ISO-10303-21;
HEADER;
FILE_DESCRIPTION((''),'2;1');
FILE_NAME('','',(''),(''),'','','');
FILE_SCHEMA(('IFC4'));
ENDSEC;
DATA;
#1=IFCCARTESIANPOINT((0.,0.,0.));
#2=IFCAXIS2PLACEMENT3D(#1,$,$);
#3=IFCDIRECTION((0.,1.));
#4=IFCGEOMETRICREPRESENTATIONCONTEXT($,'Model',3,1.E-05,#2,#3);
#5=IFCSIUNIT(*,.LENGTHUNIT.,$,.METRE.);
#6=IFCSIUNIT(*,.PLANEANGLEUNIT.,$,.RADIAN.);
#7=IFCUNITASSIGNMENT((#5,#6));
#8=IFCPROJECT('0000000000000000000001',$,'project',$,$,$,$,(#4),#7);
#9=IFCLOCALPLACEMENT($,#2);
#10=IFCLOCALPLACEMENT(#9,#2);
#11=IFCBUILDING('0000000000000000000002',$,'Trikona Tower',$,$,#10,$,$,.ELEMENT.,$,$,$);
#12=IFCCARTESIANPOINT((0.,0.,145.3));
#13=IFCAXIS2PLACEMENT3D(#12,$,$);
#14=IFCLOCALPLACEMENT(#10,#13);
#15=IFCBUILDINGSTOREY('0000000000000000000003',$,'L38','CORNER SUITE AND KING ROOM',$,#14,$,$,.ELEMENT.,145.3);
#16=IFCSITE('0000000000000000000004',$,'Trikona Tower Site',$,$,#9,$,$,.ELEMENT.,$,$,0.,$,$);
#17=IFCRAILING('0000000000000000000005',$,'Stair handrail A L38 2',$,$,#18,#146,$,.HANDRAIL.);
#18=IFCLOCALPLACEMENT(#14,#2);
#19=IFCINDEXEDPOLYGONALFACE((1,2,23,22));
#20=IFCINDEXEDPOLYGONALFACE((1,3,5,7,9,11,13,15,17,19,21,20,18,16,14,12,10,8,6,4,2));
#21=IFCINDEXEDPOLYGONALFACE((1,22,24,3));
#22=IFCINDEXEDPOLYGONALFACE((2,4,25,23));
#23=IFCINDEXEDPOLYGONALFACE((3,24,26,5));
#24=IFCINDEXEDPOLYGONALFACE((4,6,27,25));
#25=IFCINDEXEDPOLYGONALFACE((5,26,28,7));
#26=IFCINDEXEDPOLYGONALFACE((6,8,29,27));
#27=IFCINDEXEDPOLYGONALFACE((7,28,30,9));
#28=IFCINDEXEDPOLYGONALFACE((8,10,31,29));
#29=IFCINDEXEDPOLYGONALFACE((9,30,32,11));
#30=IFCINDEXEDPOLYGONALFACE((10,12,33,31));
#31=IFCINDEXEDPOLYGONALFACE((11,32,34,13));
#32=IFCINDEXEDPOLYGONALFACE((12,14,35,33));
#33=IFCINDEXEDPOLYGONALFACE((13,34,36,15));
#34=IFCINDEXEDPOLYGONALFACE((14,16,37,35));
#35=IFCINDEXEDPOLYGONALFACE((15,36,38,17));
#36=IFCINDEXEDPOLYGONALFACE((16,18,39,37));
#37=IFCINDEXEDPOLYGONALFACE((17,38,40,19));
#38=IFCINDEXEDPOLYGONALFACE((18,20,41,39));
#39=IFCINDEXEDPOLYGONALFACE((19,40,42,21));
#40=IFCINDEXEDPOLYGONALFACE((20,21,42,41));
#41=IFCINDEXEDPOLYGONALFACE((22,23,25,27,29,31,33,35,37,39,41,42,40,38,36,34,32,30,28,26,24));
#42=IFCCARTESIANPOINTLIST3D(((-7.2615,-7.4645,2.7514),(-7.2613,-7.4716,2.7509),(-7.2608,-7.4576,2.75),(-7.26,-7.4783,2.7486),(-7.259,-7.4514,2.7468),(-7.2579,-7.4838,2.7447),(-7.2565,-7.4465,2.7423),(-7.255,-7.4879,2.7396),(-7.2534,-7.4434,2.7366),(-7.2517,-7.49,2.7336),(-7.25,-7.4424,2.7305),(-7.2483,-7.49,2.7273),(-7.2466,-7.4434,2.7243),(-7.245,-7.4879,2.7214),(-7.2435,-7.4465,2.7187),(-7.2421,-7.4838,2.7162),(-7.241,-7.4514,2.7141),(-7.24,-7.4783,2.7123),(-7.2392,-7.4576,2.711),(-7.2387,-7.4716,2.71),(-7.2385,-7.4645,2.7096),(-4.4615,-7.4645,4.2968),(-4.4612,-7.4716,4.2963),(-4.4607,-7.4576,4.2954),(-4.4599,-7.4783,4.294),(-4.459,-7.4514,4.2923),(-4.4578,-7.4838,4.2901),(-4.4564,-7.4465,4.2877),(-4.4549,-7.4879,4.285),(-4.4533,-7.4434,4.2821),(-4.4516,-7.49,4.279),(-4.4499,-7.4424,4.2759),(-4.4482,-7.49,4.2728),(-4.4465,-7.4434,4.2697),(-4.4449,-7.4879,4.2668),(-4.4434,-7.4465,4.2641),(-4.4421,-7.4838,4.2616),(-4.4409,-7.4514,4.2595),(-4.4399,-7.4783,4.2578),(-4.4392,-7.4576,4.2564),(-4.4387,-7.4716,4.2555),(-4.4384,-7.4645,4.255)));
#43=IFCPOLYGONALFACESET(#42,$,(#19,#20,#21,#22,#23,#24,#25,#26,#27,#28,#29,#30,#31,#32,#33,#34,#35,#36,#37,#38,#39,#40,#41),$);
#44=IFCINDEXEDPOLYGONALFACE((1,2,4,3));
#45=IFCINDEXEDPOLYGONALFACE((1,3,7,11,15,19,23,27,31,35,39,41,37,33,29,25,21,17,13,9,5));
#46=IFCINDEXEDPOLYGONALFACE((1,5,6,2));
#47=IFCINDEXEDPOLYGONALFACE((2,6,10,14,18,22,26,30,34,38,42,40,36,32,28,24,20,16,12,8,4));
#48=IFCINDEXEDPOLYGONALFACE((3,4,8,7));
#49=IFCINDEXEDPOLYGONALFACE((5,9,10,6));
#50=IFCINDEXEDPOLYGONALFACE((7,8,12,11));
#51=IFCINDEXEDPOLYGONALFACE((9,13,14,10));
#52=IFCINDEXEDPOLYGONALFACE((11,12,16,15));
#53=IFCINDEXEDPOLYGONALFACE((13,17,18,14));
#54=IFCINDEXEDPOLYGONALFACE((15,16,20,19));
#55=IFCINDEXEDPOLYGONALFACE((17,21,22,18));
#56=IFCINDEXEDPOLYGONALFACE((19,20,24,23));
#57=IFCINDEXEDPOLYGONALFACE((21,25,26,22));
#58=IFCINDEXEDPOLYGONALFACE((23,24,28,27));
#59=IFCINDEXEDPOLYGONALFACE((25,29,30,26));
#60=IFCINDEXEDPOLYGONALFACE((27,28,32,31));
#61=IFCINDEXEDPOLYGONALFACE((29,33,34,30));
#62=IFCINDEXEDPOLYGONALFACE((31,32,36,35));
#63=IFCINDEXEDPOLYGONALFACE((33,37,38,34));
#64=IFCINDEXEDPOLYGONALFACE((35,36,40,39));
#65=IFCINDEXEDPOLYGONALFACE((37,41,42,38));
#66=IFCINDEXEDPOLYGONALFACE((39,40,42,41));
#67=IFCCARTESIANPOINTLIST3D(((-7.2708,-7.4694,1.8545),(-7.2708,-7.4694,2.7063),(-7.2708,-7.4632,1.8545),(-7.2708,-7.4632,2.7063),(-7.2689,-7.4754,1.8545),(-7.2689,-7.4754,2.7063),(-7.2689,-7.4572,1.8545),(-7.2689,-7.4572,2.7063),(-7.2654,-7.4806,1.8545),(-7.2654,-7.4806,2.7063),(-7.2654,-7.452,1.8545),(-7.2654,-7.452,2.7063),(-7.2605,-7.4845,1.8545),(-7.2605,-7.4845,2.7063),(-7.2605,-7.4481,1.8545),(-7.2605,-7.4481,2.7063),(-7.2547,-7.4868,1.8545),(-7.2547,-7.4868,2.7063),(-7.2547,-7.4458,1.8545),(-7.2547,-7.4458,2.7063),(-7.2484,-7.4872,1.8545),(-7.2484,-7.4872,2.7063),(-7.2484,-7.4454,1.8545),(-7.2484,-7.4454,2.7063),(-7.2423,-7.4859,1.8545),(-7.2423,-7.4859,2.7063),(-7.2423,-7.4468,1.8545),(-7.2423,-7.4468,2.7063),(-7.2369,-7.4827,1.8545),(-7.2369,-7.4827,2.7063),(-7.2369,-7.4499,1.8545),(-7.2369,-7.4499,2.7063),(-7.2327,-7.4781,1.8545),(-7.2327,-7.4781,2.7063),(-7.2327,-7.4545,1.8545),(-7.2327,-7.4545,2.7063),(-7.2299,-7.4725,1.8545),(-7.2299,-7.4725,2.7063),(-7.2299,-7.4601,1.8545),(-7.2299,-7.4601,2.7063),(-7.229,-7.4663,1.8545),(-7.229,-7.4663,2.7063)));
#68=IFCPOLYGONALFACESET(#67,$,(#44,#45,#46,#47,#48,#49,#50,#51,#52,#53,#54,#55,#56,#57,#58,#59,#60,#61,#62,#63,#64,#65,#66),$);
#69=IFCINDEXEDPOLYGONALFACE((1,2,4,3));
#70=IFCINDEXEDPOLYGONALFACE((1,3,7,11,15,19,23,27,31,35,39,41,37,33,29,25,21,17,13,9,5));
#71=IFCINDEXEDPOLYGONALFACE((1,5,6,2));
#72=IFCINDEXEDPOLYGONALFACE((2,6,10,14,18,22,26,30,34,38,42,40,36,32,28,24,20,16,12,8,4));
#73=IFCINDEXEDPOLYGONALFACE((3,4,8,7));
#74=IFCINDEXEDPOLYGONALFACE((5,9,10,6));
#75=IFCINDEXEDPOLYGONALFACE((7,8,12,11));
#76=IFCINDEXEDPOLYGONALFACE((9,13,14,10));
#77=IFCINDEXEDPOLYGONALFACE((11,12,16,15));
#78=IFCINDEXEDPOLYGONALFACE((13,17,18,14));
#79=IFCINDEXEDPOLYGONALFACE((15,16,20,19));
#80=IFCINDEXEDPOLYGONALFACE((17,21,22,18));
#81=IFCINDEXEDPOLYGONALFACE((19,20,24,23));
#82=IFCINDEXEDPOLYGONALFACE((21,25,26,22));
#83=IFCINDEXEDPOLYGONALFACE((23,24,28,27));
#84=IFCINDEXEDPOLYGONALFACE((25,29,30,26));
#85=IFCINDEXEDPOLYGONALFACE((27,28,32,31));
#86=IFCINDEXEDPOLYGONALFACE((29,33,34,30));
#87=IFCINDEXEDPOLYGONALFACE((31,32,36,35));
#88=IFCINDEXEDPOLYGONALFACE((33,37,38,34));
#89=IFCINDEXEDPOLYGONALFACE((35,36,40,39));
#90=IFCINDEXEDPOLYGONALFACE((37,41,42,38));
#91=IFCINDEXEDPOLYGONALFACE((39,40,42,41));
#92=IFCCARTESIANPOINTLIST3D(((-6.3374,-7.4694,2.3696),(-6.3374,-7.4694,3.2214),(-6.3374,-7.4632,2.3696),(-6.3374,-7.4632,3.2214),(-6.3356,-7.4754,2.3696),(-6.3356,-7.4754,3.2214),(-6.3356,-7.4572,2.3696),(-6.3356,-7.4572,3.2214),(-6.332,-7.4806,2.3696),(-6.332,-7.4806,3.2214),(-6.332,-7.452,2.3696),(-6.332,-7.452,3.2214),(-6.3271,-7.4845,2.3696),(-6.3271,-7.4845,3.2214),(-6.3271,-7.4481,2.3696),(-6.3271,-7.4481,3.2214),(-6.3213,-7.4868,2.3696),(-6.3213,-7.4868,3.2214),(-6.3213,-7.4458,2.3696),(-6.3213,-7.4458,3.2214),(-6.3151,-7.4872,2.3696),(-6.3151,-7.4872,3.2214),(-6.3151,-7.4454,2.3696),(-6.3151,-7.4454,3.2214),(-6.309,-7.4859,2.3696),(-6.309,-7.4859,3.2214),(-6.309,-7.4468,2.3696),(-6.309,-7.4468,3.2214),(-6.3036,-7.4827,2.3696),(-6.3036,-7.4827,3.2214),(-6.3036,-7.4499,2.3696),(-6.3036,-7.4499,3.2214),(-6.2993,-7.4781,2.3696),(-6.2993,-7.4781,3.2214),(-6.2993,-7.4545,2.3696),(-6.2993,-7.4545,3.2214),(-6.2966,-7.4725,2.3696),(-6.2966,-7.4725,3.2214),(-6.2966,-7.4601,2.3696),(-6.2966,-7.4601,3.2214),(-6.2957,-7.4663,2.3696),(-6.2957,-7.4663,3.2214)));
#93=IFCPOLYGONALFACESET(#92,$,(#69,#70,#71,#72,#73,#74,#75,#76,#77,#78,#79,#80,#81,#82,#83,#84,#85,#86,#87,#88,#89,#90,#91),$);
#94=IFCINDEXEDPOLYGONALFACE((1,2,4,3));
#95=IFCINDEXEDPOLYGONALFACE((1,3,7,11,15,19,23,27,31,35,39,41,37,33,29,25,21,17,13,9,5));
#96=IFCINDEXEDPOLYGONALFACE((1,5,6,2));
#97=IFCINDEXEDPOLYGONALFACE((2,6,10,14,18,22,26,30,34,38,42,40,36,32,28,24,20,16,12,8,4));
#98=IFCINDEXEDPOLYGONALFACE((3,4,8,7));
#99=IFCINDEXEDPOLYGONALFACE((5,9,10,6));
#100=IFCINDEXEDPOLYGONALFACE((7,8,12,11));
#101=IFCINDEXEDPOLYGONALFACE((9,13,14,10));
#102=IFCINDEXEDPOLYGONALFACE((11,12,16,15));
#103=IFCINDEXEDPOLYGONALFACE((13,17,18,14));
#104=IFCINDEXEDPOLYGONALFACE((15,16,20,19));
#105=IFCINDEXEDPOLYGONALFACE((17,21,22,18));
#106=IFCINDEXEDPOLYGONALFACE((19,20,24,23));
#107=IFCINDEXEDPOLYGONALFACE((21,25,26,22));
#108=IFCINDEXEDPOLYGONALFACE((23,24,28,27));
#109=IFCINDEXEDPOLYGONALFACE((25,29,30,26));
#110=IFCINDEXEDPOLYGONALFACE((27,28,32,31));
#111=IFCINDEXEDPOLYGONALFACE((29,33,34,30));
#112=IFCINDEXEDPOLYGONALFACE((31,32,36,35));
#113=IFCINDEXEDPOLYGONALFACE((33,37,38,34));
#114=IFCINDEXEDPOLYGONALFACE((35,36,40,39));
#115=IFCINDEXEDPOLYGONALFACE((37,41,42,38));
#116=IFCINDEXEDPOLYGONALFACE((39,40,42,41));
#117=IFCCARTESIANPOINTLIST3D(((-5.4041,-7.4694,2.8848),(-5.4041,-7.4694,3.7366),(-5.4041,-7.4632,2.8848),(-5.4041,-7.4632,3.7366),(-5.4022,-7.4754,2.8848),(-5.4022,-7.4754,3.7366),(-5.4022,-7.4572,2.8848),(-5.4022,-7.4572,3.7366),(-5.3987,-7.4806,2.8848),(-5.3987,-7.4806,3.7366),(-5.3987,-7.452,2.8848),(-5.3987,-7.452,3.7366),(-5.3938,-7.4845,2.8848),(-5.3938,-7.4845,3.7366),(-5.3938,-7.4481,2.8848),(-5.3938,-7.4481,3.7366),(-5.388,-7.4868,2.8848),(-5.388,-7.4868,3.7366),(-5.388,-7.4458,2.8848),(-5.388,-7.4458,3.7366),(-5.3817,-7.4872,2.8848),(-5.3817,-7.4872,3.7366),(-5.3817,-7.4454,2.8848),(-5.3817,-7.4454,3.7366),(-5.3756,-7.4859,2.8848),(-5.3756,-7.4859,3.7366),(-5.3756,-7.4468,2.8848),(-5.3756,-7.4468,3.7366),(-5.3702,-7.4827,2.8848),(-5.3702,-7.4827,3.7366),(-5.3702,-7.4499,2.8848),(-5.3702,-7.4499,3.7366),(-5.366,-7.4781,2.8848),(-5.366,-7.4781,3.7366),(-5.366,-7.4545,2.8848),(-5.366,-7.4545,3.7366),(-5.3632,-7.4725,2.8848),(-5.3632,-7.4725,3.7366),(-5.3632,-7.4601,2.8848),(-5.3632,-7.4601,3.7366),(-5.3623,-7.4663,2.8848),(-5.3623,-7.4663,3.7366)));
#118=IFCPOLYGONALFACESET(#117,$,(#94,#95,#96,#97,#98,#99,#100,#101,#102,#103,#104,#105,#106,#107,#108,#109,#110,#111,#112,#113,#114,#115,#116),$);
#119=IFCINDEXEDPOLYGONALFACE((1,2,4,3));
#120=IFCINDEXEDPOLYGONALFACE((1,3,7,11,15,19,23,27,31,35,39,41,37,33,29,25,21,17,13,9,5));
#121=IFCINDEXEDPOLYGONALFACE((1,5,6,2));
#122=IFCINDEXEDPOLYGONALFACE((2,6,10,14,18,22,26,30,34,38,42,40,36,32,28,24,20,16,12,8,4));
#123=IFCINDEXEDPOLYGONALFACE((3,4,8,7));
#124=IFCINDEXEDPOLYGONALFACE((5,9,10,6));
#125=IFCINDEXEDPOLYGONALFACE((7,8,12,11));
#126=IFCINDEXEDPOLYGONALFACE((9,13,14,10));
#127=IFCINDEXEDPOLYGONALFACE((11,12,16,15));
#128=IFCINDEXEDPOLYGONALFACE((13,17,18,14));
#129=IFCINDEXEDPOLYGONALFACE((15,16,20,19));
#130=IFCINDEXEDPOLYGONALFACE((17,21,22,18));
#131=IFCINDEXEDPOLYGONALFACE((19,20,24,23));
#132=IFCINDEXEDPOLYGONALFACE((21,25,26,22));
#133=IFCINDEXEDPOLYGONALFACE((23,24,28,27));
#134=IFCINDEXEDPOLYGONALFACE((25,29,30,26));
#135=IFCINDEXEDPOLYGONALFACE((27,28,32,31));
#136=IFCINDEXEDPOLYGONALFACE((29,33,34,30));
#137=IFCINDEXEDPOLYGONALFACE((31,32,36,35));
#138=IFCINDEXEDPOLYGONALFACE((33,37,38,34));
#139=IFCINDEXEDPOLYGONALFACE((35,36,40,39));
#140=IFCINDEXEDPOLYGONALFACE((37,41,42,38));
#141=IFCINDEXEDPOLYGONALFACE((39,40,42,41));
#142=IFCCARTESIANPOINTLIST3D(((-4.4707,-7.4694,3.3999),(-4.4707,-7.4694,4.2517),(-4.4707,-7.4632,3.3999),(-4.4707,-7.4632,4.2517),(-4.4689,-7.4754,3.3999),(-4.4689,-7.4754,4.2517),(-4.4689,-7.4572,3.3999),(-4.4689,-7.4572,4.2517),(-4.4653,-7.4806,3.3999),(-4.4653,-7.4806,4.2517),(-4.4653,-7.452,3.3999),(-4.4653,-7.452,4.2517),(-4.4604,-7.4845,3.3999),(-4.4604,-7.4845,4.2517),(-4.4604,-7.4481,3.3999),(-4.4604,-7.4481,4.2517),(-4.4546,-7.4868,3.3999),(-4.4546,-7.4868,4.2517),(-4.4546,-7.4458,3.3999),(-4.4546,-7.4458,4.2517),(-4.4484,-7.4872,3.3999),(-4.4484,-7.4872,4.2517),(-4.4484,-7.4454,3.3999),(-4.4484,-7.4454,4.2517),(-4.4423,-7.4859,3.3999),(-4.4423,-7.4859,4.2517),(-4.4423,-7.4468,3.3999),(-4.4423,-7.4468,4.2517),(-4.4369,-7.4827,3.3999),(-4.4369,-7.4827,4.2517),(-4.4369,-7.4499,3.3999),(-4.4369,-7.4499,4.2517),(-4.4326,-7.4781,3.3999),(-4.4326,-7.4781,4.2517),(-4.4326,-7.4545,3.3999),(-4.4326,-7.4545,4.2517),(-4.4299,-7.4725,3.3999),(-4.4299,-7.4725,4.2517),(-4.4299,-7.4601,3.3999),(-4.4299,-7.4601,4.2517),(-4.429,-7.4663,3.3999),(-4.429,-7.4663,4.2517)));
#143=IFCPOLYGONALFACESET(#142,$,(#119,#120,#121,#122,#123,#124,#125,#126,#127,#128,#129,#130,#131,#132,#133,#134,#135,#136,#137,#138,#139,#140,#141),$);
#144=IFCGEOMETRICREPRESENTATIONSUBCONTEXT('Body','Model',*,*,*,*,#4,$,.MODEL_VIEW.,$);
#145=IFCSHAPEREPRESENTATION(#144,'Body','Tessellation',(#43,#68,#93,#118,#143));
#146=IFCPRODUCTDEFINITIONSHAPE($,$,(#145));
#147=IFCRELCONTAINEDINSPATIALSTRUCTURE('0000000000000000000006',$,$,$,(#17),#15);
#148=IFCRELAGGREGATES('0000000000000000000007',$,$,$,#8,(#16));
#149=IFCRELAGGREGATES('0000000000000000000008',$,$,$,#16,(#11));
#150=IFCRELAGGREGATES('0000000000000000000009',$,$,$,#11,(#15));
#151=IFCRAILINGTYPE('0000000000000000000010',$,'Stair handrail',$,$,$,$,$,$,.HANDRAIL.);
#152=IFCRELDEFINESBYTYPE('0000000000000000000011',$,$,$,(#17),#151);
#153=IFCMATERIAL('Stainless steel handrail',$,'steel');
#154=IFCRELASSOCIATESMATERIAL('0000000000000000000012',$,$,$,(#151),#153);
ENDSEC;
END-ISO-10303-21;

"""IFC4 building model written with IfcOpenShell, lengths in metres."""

from ifc_helpers import new_model, si_unit, direction, frame, origin, origin_2d, place, context, subcontext, project, spatial, circle, extrude, material, type_object, element, save


model = new_model("IFC4")

# Units and contexts
model_context = context("Model", 3, precision=1e-05, world=origin(), true_north=direction((0.0, 1.0)))
body_context = subcontext(model_context, "Body", "Model", "MODEL_VIEW")
ifc_project = project(units=[si_unit("LENGTHUNIT", "METRE"), si_unit("PLANEANGLEUNIT", "RADIAN")], contexts=[model_context])

# Site, building, storey
site_placement = place(None, origin())
site = spatial("IfcSite", under=ifc_project, at=site_placement, Name="Trikona Tower Site", CompositionType="ELEMENT", RefElevation=0.0)
building_placement = place(site_placement, origin())
building = spatial("IfcBuilding", under=site, at=building_placement, Name="Trikona Tower", CompositionType="ELEMENT")
storey_placement = place(building_placement, frame((0.0, 0.0, 145.3)))
storey = spatial("IfcBuildingStorey", under=building, at=storey_placement, Name="L38", Description="CORNER SUITE AND KING ROOM", CompositionType="ELEMENT", Elevation=145.3)

# Railing
ifc_material_1 = material(Name="Stainless steel handrail", Category="steel")
railing_type = type_object("IfcRailingType", Name="Stair handrail", PredefinedType="HANDRAIL", material=ifc_material_1)
railing_1_placement = place(storey_placement, frame((-7.25, -7.4663, 1.8545)))
element("IfcRailing", 1, at=railing_1_placement, inside=storey, type_object=railing_type, Name="Stair handrail A L38 2", PredefinedType="HANDRAIL", context=body_context, shape_type="SweptSolid", body=[
    extrude(circle(Radius=0.0239, at=origin_2d()), frame((0.0, 0.0, 0.876), z_axis=(0.875504, 0.0, 0.483211), x_axis=(0.0, 1.0, 0.0)), (0.0, 0.0, 1.0), 3.1982),
    extrude(circle(Radius=0.021, at=origin_2d()), origin(), (0.0, 0.0, 1.0), 0.8518),
    extrude(circle(Radius=0.021, at=origin_2d()), frame((0.9333, 0.0, 0.5151)), (0.0, 0.0, 1.0), 0.8518),
    extrude(circle(Radius=0.021, at=origin_2d()), frame((1.8667, 0.0, 1.0303)), (0.0, 0.0, 1.0), 0.8518),
    extrude(circle(Radius=0.021, at=origin_2d()), frame((2.8, 0.0, 1.5454)), (0.0, 0.0, 1.0), 0.8518),
])

save(model, "model.ifc")
